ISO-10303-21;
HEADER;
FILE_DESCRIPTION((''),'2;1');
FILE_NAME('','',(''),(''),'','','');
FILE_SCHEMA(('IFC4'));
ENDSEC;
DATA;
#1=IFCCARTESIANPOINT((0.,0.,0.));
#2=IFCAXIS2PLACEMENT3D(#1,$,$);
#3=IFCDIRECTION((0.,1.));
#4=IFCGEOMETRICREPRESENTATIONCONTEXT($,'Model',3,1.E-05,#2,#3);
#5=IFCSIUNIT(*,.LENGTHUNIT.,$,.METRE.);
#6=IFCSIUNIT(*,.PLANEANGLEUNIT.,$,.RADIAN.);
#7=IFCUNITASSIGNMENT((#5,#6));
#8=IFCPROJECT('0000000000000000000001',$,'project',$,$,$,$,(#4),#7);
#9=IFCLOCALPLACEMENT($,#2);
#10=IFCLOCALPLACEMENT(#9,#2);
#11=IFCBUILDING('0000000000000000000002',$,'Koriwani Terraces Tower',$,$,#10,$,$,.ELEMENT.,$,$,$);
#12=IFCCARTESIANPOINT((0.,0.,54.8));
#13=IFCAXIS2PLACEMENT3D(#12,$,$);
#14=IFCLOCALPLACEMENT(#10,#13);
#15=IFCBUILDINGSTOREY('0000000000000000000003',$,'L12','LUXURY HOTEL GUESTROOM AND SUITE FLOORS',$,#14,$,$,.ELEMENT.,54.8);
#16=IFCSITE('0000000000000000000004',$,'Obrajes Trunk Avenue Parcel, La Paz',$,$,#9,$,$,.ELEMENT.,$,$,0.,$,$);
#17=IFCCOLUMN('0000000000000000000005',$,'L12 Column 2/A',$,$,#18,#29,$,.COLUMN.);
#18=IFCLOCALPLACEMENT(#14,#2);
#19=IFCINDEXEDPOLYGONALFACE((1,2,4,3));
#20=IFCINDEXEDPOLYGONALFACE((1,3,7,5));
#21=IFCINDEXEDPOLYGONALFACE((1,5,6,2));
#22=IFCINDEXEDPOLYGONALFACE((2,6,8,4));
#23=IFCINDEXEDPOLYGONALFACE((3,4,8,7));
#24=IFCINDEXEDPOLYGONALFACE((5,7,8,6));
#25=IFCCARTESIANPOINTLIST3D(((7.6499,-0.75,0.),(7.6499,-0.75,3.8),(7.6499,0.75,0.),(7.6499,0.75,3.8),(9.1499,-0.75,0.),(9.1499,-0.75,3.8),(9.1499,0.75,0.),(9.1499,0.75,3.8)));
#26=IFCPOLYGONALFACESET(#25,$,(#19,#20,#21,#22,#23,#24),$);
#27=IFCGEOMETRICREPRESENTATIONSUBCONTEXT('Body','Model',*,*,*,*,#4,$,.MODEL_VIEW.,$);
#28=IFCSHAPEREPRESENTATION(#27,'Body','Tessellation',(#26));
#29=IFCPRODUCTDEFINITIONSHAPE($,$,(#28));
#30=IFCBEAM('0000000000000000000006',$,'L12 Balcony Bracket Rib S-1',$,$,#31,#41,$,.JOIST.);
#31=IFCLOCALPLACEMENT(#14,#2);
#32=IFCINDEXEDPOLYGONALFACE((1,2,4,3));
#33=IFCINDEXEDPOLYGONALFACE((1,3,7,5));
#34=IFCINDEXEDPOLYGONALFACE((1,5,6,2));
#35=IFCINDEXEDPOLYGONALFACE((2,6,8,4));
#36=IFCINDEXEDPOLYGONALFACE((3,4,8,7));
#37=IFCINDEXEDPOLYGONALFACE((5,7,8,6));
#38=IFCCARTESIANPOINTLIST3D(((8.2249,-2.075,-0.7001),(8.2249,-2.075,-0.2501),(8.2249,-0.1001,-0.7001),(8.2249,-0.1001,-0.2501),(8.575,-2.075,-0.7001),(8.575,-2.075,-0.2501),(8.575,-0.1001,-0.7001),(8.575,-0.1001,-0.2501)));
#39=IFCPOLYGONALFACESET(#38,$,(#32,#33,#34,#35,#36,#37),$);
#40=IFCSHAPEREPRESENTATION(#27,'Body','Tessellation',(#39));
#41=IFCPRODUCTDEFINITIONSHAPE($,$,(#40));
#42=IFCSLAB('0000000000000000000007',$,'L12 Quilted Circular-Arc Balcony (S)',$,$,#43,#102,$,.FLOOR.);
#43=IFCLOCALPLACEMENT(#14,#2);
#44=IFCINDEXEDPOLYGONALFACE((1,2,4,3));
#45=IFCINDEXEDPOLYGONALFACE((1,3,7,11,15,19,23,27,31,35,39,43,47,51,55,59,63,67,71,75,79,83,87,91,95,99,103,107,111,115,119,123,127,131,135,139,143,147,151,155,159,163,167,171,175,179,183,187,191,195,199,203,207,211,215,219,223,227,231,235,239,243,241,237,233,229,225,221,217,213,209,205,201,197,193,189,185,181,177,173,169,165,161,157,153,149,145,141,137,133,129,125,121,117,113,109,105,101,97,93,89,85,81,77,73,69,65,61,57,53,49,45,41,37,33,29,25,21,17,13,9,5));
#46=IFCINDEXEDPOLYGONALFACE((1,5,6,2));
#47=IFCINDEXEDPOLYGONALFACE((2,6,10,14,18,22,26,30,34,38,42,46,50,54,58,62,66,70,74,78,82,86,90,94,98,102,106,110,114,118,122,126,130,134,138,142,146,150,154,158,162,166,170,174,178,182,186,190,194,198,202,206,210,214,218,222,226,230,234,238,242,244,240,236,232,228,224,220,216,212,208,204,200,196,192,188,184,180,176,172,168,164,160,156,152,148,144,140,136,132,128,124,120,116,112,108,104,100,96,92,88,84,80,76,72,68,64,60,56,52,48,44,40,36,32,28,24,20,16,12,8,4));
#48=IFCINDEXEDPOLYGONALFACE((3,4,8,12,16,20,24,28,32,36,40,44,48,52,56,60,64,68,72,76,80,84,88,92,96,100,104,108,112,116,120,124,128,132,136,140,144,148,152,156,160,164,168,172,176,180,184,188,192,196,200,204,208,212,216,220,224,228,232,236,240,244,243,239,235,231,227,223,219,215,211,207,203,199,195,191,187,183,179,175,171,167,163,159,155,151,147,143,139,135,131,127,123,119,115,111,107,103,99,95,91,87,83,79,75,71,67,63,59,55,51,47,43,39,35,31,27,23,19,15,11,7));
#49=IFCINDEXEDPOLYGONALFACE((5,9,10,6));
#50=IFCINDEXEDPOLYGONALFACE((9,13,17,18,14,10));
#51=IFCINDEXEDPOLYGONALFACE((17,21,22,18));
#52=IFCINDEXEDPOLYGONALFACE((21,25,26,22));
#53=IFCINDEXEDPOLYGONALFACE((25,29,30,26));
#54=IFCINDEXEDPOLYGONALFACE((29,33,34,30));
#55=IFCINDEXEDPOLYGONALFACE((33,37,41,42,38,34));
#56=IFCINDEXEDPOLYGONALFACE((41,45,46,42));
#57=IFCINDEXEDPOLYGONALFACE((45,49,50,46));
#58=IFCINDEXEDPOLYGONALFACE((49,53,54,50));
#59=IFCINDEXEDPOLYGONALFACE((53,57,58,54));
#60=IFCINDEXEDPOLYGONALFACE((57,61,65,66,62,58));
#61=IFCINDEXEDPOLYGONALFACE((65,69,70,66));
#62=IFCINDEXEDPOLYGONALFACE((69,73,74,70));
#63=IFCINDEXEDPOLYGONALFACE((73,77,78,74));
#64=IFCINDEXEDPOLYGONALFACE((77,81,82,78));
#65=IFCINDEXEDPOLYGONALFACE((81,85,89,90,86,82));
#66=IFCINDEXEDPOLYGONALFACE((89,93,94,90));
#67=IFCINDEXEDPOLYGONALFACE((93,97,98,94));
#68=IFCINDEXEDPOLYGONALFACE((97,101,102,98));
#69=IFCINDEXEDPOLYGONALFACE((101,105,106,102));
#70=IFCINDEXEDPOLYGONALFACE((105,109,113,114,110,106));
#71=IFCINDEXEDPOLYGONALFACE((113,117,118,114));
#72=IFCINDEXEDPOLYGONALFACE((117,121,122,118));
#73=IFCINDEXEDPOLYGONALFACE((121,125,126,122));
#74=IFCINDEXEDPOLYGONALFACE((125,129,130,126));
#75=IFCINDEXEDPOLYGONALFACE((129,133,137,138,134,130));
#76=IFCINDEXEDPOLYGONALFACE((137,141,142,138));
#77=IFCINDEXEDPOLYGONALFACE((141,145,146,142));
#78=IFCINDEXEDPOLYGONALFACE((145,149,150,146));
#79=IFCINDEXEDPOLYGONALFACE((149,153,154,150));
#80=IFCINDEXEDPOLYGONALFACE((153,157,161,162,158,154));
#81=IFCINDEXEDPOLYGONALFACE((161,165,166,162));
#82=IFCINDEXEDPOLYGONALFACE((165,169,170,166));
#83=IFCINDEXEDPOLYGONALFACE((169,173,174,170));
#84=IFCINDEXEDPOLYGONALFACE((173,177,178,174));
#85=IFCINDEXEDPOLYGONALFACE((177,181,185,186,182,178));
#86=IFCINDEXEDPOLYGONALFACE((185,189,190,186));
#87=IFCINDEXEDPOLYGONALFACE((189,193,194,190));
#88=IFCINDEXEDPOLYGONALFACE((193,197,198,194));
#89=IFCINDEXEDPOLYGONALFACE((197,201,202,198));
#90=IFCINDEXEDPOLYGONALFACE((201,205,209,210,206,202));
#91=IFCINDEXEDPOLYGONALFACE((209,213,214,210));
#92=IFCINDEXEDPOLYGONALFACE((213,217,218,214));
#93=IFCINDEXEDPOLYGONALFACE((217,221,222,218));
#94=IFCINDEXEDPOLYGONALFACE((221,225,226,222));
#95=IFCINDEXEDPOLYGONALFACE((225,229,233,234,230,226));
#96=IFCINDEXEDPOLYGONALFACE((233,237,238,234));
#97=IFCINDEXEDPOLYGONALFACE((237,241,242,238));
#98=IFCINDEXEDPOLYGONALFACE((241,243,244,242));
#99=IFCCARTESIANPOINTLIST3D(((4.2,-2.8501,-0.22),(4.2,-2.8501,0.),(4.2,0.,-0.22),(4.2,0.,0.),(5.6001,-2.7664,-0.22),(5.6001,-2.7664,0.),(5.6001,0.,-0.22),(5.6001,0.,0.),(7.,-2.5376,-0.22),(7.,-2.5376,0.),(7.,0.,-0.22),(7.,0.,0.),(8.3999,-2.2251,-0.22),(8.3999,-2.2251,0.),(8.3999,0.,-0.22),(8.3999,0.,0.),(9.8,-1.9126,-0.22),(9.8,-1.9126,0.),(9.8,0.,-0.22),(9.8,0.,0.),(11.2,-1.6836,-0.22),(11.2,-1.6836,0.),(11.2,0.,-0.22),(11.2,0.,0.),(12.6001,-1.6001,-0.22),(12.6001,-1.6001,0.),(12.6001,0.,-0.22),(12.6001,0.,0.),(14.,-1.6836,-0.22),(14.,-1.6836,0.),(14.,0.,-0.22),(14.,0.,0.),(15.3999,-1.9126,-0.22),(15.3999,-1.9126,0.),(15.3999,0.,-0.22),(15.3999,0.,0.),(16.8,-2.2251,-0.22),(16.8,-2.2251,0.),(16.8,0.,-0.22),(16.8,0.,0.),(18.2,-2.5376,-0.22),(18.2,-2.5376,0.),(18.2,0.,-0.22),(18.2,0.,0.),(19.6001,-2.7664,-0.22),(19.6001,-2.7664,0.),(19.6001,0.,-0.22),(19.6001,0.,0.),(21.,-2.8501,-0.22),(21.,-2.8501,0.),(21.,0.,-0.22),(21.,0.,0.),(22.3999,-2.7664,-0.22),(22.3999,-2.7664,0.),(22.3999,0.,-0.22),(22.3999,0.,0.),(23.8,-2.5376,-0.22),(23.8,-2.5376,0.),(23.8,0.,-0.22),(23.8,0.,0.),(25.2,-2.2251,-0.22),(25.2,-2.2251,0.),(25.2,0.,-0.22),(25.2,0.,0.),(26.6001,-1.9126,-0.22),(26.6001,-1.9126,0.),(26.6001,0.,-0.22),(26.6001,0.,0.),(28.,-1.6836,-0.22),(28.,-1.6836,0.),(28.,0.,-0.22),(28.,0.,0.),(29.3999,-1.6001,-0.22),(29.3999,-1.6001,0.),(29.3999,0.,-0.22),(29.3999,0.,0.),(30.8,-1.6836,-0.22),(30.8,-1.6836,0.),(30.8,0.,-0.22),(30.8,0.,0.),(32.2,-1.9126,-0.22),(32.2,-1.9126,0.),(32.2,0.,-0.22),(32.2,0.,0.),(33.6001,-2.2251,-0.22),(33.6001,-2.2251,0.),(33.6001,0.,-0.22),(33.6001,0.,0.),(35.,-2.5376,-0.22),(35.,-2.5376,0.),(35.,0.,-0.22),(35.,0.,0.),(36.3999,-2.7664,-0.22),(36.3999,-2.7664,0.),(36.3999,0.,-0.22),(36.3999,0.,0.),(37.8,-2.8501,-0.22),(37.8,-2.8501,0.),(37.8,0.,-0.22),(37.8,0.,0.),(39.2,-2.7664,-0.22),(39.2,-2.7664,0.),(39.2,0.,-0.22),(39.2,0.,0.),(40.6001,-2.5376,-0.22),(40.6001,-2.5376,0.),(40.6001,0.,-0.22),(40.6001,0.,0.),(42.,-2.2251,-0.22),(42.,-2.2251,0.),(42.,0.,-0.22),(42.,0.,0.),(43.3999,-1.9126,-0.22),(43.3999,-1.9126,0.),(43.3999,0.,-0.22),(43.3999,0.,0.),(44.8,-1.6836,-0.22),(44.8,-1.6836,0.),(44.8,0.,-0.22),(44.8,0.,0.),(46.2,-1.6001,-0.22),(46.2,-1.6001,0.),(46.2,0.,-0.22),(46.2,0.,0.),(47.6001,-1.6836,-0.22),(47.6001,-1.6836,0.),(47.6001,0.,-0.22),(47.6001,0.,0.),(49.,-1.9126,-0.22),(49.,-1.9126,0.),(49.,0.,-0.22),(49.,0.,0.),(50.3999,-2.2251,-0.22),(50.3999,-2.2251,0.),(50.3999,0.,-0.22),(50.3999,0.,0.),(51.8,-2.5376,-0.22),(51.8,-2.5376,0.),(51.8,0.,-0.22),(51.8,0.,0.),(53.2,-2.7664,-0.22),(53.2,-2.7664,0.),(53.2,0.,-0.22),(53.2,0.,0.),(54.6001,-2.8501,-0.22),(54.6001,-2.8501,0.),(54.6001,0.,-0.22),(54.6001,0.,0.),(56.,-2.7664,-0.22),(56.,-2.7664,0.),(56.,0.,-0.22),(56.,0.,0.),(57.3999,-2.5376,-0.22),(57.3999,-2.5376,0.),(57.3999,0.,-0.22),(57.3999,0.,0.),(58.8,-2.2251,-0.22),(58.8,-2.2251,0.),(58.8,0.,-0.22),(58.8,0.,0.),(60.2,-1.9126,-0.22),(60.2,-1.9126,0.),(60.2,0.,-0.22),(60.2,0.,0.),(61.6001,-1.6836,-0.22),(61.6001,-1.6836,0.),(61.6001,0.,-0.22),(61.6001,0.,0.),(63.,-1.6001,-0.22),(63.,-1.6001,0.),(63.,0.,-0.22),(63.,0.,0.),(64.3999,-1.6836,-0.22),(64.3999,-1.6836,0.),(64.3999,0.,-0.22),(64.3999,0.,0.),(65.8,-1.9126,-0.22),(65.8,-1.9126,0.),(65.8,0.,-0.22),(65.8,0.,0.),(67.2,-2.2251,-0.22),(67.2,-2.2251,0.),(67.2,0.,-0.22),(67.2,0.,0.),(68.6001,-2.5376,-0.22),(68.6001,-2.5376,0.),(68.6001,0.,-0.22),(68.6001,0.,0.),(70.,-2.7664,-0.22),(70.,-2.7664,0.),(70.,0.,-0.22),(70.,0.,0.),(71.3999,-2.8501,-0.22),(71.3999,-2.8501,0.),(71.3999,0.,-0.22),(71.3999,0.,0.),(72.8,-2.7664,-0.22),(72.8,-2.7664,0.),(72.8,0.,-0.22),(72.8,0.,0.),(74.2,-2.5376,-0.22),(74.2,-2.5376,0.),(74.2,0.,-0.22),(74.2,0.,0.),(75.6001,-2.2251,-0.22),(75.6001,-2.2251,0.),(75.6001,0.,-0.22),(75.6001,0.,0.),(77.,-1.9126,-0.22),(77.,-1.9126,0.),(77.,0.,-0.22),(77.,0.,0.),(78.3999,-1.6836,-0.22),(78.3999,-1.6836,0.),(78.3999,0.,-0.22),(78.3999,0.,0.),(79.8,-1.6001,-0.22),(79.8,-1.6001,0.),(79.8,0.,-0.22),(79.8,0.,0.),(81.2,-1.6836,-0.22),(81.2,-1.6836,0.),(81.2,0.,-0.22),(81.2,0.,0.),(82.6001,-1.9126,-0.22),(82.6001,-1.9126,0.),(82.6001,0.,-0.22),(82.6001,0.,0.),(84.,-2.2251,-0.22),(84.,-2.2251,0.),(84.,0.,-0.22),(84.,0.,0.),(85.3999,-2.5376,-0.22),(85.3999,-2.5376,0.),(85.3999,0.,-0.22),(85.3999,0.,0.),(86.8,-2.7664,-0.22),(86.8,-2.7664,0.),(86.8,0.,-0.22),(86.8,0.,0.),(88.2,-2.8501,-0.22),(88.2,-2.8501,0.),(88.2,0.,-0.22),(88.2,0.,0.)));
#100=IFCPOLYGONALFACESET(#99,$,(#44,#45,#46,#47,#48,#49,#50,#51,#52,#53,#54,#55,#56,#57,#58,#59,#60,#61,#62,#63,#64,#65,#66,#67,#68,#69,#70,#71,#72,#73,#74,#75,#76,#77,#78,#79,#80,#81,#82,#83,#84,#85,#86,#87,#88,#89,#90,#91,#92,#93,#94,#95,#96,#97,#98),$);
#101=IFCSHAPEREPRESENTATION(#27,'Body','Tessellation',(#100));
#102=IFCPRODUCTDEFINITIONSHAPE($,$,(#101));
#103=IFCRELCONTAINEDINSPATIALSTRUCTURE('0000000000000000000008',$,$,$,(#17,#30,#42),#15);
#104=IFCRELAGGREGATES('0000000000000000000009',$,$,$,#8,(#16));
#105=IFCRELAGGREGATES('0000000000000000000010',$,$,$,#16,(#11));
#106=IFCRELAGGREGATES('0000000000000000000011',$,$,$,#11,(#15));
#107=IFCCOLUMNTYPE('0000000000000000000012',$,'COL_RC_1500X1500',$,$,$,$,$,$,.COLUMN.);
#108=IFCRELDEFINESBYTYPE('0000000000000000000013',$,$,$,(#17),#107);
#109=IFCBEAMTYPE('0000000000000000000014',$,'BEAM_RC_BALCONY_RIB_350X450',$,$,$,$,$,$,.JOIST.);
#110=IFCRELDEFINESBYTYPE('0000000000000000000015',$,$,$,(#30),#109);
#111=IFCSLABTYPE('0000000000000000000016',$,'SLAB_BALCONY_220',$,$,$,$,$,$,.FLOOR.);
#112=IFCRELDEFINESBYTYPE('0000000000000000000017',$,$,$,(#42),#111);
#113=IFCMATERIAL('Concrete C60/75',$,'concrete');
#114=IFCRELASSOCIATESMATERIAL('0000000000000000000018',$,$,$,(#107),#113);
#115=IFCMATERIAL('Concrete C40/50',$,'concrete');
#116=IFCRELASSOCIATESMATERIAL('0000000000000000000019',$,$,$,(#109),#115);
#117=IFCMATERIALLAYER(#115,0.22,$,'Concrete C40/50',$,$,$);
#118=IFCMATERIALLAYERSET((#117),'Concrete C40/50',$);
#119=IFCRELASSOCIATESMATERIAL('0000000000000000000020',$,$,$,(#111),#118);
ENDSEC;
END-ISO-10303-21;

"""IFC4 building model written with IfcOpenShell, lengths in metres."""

from ifc_helpers import new_model, si_unit, direction, frame, origin, origin_2d, place, context, subcontext, project, spatial, polyline, rectangle, outline, extrude, material, layer, layer_set, material_profile, profile_set, type_object, element, save


model = new_model("IFC4")

# Units and contexts
model_context = context("Model", 3, precision=1e-05, world=origin(), true_north=direction((0.0, 1.0)))
body_context = subcontext(model_context, "Body", "Model", "MODEL_VIEW")
ifc_project = project(units=[si_unit("LENGTHUNIT", "METRE"), si_unit("PLANEANGLEUNIT", "RADIAN")], contexts=[model_context])

# Site, building, storey
site_placement = place(None, origin())
site = spatial("IfcSite", under=ifc_project, at=site_placement, Name="Obrajes Trunk Avenue Parcel, La Paz", CompositionType="ELEMENT", RefElevation=0.0)
building_placement = place(site_placement, origin())
building = spatial("IfcBuilding", under=site, at=building_placement, Name="Koriwani Terraces Tower", CompositionType="ELEMENT")
storey_placement = place(building_placement, frame((0.0, 0.0, 54.8)))
storey = spatial("IfcBuildingStorey", under=building, at=storey_placement, Name="L12", Description="LUXURY HOTEL GUESTROOM AND SUITE FLOORS", CompositionType="ELEMENT", Elevation=54.8)

# Column
ifc_material_1 = material(Name="Concrete C60/75", Category="concrete")
ifc_material_profile_1 = material_profile(ifc_material_1, rectangle(XDim=1.5, YDim=1.5, at=origin_2d()), Name="Concrete C60/75", Category="LoadBearing")
ifc_profile_set_1 = profile_set([ifc_material_profile_1], Name="Concrete C60/75")
column_type = type_object("IfcColumnType", Name="COL_RC_1500X1500", PredefinedType="COLUMN", material=ifc_profile_set_1)
column_placement = place(storey_placement, frame((8.3999, 0.0, 0.0), z_axis=(0.0, 0.0, 1.0), x_axis=(1.0, 0.0, 0.0)))
element("IfcColumn", 1, at=column_placement, inside=storey, type_object=column_type, Name="L12 Column 2/A", PredefinedType="COLUMN", context=body_context, shape_type="SweptSolid", body=[
    extrude(rectangle(XDim=1.5, YDim=1.5, at=origin_2d()), origin(), (0.0, 0.0, 1.0), 3.8),
])

# Beam
ifc_material_2 = material(Name="Concrete C40/50", Category="concrete")
ifc_material_profile_2 = material_profile(ifc_material_2, rectangle(XDim=0.3501, YDim=0.45, at=origin_2d()), Name="Concrete C40/50", Category="LoadBearing")
ifc_profile_set_2 = profile_set([ifc_material_profile_2], Name="Concrete C40/50")
beam_type = type_object("IfcBeamType", Name="BEAM_RC_BALCONY_RIB_350X450", PredefinedType="JOIST", material=ifc_profile_set_2)
beam_placement = place(storey_placement, frame((8.3999, -2.075, -0.4751), z_axis=(0.0, 1.0, 0.0), x_axis=(-1.0, 0.0, 0.0)))
element("IfcBeam", 2, at=beam_placement, inside=storey, type_object=beam_type, Name="L12 Balcony Bracket Rib S-1", PredefinedType="JOIST", context=body_context, shape_type="SweptSolid", body=[
    extrude(rectangle(XDim=0.3501, YDim=0.45, at=origin_2d()), origin(), (0.0, 0.0, 1.0), 1.9749),
])

# Slab
ifc_layer_1 = layer(ifc_material_2, 0.22, Name="Concrete C40/50")
ifc_layer_set_1 = layer_set([ifc_layer_1], Name="Concrete C40/50")
slab_type_1 = type_object("IfcSlabType", Name="SLAB_BALCONY_220", PredefinedType="FLOOR", material=ifc_layer_set_1)
slab_1_placement = place(storey_placement, frame((0.0, 0.0, -0.22)))
element("IfcSlab", 3, at=slab_1_placement, inside=storey, type_object=slab_type_1, Name="L12 Quilted Circular-Arc Balcony (S)", PredefinedType="FLOOR", context=body_context, shape_type="SweptSolid", body=[
    extrude(outline(polyline([(4.2, 0.0), (5.6001, 0.0), (7.0, 0.0), (8.3999, 0.0), (9.8, 0.0), (11.2, 0.0), (12.6001, 0.0), (14.0, 0.0), (15.3999, 0.0), (16.8, 0.0), (18.2, 0.0), (19.6001, 0.0), (21.0, 0.0), (22.3999, 0.0), (23.8, 0.0), (25.2, 0.0), (26.6001, 0.0), (28.0, 0.0), (29.3999, 0.0), (30.8, 0.0), (32.2, 0.0), (33.6001, 0.0), (35.0, 0.0), (36.3999, 0.0), (37.8, 0.0), (39.2, 0.0), (40.6001, 0.0), (42.0, 0.0), (43.3999, 0.0), (44.8, 0.0), (46.2, 0.0), (47.6001, 0.0), (49.0, 0.0), (50.3999, 0.0), (51.8, 0.0), (53.2, 0.0), (54.6001, 0.0), (56.0, 0.0), (57.3999, 0.0), (58.8, 0.0), (60.2, 0.0), (61.6001, 0.0), (63.0, 0.0), (64.3999, 0.0), (65.8, 0.0), (67.2, 0.0), (68.6001, 0.0), (70.0, 0.0), (71.3999, 0.0), (72.8, 0.0), (74.2, 0.0), (75.6001, 0.0), (77.0, 0.0), (78.3999, 0.0), (79.8, 0.0), (81.2, 0.0), (82.6001, 0.0), (84.0, 0.0), (85.3999, 0.0), (86.8, 0.0), (88.2, 0.0), (88.2, -2.8501), (86.8, -2.7664), (85.3999, -2.5376), (84.0, -2.2251), (82.6001, -1.9126), (81.2, -1.6836), (79.8, -1.6001), (78.3999, -1.6836), (77.0, -1.9126), (75.6001, -2.2251), (74.2, -2.5376), (72.8, -2.7664), (71.3999, -2.8501), (70.0, -2.7664), (68.6001, -2.5376), (67.2, -2.2251), (65.8, -1.9126), (64.3999, -1.6836), (63.0, -1.6001), (61.6001, -1.6836), (60.2, -1.9126), (58.8, -2.2251), (57.3999, -2.5376), (56.0, -2.7664), (54.6001, -2.8501), (53.2, -2.7664), (51.8, -2.5376), (50.3999, -2.2251), (49.0, -1.9126), (47.6001, -1.6836), (46.2, -1.6001), (44.8, -1.6836), (43.3999, -1.9126), (42.0, -2.2251), (40.6001, -2.5376), (39.2, -2.7664), (37.8, -2.8501), (36.3999, -2.7664), (35.0, -2.5376), (33.6001, -2.2251), (32.2, -1.9126), (30.8, -1.6836), (29.3999, -1.6001), (28.0, -1.6836), (26.6001, -1.9126), (25.2, -2.2251), (23.8, -2.5376), (22.3999, -2.7664), (21.0, -2.8501), (19.6001, -2.7664), (18.2, -2.5376), (16.8, -2.2251), (15.3999, -1.9126), (14.0, -1.6836), (12.6001, -1.6001), (11.2, -1.6836), (9.8, -1.9126), (8.3999, -2.2251), (7.0, -2.5376), (5.6001, -2.7664), (4.2, -2.8501), (4.2, 0.0)])), origin(), (0.0, 0.0, 1.0), 0.22),
])

save(model, "model.ifc")
